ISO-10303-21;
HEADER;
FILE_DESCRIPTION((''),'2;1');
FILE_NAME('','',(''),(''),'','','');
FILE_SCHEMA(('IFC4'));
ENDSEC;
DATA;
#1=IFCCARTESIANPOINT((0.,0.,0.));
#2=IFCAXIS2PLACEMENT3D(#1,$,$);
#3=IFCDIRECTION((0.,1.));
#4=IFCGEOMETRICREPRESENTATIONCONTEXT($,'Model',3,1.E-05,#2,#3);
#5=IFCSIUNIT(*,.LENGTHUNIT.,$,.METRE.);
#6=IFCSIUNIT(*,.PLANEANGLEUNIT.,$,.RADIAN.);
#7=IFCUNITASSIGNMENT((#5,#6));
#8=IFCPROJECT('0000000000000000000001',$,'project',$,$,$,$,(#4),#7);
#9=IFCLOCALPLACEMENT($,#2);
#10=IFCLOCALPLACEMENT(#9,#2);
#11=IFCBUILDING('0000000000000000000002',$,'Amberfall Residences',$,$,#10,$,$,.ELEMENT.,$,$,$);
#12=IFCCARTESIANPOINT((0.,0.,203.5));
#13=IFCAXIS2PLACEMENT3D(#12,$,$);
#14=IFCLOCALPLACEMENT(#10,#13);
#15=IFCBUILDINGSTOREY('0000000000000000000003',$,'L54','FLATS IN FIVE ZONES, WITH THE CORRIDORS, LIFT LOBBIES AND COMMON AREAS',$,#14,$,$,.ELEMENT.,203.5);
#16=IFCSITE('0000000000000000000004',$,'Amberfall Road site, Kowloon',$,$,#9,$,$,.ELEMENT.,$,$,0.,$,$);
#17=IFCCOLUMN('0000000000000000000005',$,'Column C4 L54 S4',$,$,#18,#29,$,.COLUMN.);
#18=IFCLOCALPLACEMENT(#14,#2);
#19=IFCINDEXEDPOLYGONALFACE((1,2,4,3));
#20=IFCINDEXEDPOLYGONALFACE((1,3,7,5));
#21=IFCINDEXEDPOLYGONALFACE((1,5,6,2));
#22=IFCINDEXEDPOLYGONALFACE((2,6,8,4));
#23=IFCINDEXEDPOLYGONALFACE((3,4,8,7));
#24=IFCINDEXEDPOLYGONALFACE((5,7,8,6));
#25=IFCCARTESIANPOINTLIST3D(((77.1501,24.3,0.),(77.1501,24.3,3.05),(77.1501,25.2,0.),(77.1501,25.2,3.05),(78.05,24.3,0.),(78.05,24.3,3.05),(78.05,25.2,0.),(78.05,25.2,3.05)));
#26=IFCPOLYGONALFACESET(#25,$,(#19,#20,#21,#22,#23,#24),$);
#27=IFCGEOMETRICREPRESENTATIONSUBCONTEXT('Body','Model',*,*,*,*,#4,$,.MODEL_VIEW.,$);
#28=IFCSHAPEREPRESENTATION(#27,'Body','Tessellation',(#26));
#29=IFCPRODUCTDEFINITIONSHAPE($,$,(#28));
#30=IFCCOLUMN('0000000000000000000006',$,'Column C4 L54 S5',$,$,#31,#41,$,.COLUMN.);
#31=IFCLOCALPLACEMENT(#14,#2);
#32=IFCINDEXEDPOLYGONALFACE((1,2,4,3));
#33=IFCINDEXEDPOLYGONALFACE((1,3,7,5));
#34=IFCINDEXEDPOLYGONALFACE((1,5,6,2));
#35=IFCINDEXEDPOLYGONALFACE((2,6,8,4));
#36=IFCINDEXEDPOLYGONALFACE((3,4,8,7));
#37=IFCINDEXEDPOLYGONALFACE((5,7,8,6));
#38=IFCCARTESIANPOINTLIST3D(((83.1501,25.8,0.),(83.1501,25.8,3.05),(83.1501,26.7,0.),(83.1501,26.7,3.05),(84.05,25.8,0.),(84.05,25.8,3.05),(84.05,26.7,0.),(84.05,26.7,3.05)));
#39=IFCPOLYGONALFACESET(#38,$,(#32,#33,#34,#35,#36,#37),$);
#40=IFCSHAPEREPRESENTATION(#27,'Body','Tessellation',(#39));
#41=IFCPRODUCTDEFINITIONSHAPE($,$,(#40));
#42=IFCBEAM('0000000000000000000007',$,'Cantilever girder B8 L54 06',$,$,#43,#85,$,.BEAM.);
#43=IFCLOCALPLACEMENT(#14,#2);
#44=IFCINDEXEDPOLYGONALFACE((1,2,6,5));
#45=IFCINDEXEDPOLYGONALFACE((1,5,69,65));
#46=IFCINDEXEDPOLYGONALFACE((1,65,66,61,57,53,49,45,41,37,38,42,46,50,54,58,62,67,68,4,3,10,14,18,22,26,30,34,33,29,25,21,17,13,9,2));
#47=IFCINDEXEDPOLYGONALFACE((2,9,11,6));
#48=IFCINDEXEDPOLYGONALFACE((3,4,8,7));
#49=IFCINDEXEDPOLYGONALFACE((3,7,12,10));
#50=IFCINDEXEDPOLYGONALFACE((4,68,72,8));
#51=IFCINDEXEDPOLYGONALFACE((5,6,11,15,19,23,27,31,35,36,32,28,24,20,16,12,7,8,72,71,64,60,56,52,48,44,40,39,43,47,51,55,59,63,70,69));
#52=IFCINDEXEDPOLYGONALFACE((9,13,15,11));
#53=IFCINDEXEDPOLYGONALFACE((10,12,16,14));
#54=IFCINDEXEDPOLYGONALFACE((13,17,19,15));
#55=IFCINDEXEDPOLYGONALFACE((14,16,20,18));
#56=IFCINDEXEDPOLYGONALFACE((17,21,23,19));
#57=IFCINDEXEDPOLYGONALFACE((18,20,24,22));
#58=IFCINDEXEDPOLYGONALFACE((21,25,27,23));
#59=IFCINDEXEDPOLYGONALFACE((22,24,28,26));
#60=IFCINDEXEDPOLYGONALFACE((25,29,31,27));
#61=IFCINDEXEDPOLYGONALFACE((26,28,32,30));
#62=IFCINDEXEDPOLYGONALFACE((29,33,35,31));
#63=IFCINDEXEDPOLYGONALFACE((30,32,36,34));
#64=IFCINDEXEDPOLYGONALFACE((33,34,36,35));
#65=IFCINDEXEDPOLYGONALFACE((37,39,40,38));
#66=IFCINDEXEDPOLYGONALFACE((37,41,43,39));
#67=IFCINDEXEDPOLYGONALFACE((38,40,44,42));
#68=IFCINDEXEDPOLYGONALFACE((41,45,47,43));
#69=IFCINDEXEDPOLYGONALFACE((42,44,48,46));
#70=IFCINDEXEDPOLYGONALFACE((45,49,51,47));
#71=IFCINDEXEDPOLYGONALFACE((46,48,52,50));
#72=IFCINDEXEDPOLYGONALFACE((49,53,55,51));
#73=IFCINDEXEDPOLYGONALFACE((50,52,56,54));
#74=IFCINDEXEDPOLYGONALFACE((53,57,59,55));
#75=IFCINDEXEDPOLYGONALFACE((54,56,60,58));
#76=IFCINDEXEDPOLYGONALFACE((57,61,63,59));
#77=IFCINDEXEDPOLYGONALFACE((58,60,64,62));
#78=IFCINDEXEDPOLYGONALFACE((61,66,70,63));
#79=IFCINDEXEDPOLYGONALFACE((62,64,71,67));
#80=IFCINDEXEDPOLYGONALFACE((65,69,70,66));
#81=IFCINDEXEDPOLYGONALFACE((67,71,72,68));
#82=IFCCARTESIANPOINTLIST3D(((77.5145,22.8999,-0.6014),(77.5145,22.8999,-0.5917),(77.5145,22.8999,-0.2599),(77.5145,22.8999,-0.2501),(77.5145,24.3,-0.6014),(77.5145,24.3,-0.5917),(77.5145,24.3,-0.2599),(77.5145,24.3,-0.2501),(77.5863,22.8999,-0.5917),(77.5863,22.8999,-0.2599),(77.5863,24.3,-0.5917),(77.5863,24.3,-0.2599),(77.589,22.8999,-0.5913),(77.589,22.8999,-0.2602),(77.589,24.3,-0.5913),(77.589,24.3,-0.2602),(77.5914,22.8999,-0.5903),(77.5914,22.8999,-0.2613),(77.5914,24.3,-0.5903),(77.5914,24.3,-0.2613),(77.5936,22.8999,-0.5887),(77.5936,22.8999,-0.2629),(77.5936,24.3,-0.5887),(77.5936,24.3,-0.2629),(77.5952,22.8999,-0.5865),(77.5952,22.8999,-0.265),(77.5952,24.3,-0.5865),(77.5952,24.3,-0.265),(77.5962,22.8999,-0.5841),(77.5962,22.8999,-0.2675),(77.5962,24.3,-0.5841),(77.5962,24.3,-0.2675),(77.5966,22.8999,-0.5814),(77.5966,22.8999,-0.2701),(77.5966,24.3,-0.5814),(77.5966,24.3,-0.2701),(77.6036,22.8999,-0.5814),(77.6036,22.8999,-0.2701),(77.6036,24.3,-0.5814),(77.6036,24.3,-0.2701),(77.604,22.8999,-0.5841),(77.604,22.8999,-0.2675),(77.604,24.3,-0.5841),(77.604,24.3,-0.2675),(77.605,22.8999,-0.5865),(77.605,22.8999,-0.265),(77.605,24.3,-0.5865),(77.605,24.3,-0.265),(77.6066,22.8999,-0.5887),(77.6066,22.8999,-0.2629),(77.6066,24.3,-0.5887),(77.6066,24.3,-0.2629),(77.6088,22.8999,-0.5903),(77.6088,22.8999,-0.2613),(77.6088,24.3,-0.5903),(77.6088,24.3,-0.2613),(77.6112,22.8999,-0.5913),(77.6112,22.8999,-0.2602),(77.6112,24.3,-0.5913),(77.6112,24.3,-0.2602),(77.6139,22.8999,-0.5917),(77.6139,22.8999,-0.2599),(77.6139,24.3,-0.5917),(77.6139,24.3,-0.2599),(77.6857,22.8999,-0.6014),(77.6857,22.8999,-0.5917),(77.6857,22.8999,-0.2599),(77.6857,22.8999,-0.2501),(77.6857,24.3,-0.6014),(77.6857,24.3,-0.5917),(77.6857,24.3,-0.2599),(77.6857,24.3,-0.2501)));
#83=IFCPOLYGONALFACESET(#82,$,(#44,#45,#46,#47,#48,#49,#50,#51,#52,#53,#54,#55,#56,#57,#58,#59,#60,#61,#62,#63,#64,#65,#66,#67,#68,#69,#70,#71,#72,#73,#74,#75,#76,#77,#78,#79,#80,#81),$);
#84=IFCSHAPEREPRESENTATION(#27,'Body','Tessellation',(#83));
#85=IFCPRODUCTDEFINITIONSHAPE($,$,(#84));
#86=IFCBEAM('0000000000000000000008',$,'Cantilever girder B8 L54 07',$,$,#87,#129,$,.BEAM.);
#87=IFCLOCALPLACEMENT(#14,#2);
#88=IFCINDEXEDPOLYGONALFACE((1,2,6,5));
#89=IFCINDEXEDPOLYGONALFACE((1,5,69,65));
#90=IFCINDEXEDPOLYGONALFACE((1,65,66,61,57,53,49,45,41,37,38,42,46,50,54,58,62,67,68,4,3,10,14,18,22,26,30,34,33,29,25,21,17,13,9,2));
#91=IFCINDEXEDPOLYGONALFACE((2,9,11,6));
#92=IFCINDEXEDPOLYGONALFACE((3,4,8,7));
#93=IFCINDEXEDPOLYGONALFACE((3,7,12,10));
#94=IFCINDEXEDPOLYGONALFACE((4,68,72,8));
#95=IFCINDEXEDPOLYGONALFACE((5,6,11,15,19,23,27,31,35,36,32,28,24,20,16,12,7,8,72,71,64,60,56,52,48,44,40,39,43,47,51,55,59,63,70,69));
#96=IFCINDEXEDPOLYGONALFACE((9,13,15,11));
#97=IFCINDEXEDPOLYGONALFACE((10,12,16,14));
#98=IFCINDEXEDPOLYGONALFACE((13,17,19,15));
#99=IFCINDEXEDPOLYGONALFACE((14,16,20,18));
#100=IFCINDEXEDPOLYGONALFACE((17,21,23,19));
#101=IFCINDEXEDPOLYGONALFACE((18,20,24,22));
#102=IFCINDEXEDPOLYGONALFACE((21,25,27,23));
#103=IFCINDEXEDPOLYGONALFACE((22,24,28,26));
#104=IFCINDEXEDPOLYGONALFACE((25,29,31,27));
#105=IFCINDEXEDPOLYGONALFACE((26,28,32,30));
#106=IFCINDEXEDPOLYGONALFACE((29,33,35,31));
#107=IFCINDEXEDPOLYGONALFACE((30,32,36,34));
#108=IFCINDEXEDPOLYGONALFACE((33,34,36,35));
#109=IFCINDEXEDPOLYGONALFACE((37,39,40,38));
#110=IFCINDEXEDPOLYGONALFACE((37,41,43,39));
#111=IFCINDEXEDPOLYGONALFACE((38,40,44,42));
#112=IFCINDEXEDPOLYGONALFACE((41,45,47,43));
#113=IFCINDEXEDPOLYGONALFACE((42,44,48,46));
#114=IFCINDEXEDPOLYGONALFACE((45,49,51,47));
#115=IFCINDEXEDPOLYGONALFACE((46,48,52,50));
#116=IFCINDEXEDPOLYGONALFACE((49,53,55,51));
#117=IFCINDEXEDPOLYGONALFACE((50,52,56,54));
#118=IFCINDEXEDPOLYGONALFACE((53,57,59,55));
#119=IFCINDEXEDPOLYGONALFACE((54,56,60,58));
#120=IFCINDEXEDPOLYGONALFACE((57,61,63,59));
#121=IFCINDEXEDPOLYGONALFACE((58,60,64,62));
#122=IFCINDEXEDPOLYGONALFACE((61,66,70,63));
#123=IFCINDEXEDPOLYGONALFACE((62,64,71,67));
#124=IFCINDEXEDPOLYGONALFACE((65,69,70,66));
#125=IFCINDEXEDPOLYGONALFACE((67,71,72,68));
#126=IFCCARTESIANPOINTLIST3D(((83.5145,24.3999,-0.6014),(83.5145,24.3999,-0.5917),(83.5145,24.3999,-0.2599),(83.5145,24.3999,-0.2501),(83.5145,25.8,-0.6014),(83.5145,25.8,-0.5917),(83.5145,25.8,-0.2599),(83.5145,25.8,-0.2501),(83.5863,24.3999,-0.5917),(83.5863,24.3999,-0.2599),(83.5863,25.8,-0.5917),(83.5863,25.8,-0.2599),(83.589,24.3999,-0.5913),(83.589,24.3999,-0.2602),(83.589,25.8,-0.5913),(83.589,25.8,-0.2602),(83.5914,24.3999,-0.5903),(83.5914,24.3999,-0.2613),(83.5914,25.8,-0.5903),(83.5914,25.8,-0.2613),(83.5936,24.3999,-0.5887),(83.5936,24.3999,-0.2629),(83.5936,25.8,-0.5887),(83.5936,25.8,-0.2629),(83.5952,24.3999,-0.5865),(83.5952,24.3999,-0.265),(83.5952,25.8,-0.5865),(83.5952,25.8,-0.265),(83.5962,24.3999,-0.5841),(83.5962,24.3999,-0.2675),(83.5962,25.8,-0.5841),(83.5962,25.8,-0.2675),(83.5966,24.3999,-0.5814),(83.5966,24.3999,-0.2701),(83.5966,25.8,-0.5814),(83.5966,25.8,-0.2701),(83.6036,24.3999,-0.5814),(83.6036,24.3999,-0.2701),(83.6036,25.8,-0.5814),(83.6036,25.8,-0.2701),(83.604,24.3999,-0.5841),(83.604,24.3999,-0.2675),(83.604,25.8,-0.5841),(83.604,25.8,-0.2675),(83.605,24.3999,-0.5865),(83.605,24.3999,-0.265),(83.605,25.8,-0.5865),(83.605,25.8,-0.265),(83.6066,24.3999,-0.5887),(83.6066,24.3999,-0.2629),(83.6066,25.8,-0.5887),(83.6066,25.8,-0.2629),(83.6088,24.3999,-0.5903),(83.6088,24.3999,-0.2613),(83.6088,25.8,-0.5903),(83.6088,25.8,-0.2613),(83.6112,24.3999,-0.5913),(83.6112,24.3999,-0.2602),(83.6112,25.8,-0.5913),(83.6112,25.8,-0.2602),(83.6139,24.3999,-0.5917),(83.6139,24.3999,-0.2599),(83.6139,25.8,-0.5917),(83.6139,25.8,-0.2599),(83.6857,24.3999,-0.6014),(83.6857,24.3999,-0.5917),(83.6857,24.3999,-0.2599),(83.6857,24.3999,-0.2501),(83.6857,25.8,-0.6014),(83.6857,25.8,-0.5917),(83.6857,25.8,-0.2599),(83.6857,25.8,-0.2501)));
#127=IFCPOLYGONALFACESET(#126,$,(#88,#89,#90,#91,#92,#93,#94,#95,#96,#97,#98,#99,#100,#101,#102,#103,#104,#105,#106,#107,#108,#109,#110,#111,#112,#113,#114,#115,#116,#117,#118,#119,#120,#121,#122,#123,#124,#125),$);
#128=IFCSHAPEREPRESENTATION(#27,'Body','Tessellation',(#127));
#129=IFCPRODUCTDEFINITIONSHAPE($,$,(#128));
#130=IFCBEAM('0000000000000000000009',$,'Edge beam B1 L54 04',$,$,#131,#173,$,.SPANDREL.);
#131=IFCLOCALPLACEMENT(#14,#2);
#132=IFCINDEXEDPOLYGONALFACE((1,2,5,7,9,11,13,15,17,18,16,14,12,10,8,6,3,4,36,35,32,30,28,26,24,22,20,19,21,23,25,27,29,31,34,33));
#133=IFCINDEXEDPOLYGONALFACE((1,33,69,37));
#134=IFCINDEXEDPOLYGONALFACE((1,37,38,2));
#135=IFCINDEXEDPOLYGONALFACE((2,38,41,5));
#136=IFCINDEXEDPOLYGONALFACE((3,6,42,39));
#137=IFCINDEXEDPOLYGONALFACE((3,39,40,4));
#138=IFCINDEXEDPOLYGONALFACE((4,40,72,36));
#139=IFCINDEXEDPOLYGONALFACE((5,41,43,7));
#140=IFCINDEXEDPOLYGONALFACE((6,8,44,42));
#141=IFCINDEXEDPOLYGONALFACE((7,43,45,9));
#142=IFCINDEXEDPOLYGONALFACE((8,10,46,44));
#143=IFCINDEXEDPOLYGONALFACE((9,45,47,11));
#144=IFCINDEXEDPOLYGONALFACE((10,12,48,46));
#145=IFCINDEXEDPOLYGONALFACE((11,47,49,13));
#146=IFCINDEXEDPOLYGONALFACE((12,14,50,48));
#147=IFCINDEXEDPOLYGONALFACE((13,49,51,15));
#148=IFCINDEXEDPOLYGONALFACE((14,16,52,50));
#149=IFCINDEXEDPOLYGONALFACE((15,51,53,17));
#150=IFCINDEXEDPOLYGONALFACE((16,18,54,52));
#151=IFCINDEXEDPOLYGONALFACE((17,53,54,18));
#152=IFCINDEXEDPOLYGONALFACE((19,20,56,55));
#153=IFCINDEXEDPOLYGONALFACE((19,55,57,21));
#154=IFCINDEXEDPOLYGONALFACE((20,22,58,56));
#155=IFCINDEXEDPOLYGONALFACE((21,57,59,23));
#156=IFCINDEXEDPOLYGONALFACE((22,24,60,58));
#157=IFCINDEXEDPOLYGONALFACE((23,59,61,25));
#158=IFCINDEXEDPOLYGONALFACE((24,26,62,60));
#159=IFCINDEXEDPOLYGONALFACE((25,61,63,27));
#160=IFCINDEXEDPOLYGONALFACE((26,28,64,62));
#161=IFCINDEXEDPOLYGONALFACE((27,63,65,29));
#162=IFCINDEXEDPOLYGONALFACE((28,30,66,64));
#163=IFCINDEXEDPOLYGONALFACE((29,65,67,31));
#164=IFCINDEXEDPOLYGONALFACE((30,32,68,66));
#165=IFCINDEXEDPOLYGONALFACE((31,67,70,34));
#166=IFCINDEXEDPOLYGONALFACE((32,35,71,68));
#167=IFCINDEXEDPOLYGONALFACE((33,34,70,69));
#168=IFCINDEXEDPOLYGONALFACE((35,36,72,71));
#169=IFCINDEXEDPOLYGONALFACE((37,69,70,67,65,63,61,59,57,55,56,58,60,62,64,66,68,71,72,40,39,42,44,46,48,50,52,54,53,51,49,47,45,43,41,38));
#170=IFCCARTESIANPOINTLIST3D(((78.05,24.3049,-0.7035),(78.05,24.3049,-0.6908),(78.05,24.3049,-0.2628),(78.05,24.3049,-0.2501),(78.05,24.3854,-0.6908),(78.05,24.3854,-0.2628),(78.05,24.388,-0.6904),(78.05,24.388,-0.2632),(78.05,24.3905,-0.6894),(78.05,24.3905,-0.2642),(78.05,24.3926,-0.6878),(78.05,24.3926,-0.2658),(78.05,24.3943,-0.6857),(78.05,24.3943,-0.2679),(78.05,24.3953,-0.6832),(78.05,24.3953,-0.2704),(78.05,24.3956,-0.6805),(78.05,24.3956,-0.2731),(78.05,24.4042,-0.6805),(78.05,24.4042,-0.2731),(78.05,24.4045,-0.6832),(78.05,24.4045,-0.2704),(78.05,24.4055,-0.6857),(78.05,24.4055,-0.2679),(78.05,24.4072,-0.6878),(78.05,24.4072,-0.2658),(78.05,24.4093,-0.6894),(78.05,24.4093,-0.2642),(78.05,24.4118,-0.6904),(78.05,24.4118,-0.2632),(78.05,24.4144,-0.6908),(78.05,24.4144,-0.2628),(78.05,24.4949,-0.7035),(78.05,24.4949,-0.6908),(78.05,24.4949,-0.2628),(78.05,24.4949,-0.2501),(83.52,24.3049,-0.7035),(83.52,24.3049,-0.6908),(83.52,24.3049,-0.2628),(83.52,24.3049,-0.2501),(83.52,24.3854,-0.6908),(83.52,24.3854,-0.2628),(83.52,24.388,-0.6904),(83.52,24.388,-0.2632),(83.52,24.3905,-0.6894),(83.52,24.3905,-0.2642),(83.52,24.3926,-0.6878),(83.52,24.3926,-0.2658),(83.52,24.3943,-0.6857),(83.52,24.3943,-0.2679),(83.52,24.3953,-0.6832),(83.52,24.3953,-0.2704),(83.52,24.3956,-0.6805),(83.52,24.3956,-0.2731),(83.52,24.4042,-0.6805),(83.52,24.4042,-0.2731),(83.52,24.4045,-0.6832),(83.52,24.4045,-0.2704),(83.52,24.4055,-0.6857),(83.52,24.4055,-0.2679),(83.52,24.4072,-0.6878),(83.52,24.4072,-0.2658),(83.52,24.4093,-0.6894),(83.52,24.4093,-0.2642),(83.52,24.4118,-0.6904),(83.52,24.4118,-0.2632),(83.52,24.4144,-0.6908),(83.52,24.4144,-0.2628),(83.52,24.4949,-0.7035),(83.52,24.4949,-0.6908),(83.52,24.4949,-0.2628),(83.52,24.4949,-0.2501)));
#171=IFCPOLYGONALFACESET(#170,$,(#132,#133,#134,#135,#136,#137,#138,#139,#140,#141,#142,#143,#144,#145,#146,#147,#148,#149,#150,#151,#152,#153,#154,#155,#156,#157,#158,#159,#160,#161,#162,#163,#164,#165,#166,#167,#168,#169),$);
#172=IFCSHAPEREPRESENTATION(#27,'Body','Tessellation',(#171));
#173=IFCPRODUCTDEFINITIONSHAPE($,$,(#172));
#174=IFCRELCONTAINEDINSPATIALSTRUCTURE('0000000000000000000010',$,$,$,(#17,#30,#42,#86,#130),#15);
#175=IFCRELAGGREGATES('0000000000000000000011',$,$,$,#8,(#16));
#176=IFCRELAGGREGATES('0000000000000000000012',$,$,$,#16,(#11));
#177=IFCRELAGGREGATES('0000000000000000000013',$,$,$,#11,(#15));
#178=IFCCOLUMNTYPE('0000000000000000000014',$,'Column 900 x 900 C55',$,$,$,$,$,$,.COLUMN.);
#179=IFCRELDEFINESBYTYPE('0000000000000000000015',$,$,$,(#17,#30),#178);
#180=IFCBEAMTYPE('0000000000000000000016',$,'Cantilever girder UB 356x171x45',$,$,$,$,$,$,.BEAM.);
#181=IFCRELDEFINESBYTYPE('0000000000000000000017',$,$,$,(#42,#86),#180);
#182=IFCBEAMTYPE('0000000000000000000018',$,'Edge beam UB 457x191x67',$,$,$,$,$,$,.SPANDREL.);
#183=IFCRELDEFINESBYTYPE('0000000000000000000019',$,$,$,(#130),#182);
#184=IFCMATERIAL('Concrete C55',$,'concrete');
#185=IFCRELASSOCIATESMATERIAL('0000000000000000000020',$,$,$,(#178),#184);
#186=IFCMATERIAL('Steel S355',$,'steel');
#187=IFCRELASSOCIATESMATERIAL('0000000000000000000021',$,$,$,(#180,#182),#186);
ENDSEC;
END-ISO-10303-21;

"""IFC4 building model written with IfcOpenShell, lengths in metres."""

from ifc_helpers import new_model, si_unit, direction, frame, origin, origin_2d, place, context, subcontext, project, spatial, rectangle, i_section, extrude, material, material_profile, profile_set, type_object, element, save


model = new_model("IFC4")

# Units and contexts
model_context = context("Model", 3, precision=1e-05, world=origin(), true_north=direction((0.0, 1.0)))
body_context = subcontext(model_context, "Body", "Model", "MODEL_VIEW")
ifc_project = project(units=[si_unit("LENGTHUNIT", "METRE"), si_unit("PLANEANGLEUNIT", "RADIAN")], contexts=[model_context])

# Site, building, storey
site_placement = place(None, origin())
site = spatial("IfcSite", under=ifc_project, at=site_placement, Name="Amberfall Road site, Kowloon", CompositionType="ELEMENT", RefElevation=0.0)
building_placement = place(site_placement, origin())
building = spatial("IfcBuilding", under=site, at=building_placement, Name="Amberfall Residences", CompositionType="ELEMENT")
storey_placement = place(building_placement, frame((0.0, 0.0, 203.5)))
storey = spatial("IfcBuildingStorey", under=building, at=storey_placement, Name="L54", Description="FLATS IN FIVE ZONES, WITH THE CORRIDORS, LIFT LOBBIES AND COMMON AREAS", CompositionType="ELEMENT", Elevation=203.5)

# Columns
ifc_material_1 = material(Name="Concrete C55", Category="concrete")
ifc_material_profile_1 = material_profile(ifc_material_1, rectangle(XDim=0.8999, YDim=0.8999, at=origin_2d()), Name="Column 900 x 900 C55")
ifc_profile_set_1 = profile_set([ifc_material_profile_1], Name="Concrete C55")
column_type = type_object("IfcColumnType", Name="Column 900 x 900 C55", PredefinedType="COLUMN", material=ifc_profile_set_1)
for number, where, z_axis, x_axis, name in (
    (1, (77.6001, 24.75, 0.0), (0.0, 0.0, 1.0), (1.0, 0.0, 0.0), "Column C4 L54 S4"),
    (2, (83.6001, 26.25, 0.0), (0.0, 0.0, 1.0), (1.0, 0.0, 0.0), "Column C4 L54 S5"),
):
    element("IfcColumn", number, at=place(storey_placement, frame(where, z_axis=z_axis, x_axis=x_axis)), inside=storey, type_object=column_type, Name=name, PredefinedType="COLUMN", context=body_context, shape_type="SweptSolid", body=[
        extrude(rectangle(XDim=0.8999, YDim=0.8999, at=origin_2d()), origin(), (0.0, 0.0, 1.0), 3.05),
    ])

# Beams
ifc_material_2 = material(Name="Steel S355", Category="steel")
ifc_material_profile_2 = material_profile(ifc_material_2, i_section(OverallWidth=0.1711, OverallDepth=0.3513, WebThickness=0.0071, FlangeThickness=0.0098, FilletRadius=0.0103, at=origin_2d()), Name="UB 356x171x45")
ifc_profile_set_2 = profile_set([ifc_material_profile_2], Name="Steel S355")
beam_type_1 = type_object("IfcBeamType", Name="Cantilever girder UB 356x171x45", PredefinedType="BEAM", material=ifc_profile_set_2)
for number, where, z_axis, x_axis, name in (
    (3, (77.6001, 24.3, -0.4258), (0.0, -1.0, 0.0), (1.0, 0.0, 0.0), "Cantilever girder B8 L54 06"),
    (4, (83.6001, 25.8, -0.4258), (0.0, -1.0, 0.0), (1.0, 0.0, 0.0), "Cantilever girder B8 L54 07"),
):
    element("IfcBeam", number, at=place(storey_placement, frame(where, z_axis=z_axis, x_axis=x_axis)), inside=storey, type_object=beam_type_1, Name=name, PredefinedType="BEAM", context=body_context, shape_type="SweptSolid", body=[
        extrude(i_section(OverallWidth=0.1711, OverallDepth=0.3513, WebThickness=0.0071, FlangeThickness=0.0098, FilletRadius=0.0103, at=origin_2d()), origin(), (0.0, 0.0, 1.0), 1.4001),
    ])
ifc_material_profile_3 = material_profile(ifc_material_2, i_section(OverallWidth=0.1899, OverallDepth=0.4534, WebThickness=0.0085, FlangeThickness=0.0127, FilletRadius=0.0103, at=origin_2d()), Name="UB 457x191x67")
ifc_profile_set_3 = profile_set([ifc_material_profile_3], Name="Steel S355")
beam_type_2 = type_object("IfcBeamType", Name="Edge beam UB 457x191x67", PredefinedType="SPANDREL", material=ifc_profile_set_3)
beam_1_placement = place(storey_placement, frame((78.05, 24.3999, -0.4768), z_axis=(1.0, 0.0, 0.0), x_axis=(0.0, 1.0, 0.0)))
element("IfcBeam", 5, at=beam_1_placement, inside=storey, type_object=beam_type_2, Name="Edge beam B1 L54 04", PredefinedType="SPANDREL", context=body_context, shape_type="SweptSolid", body=[
    extrude(i_section(OverallWidth=0.1899, OverallDepth=0.4534, WebThickness=0.0085, FlangeThickness=0.0127, FilletRadius=0.0103, at=origin_2d()), origin(), (0.0, 0.0, 1.0), 5.47),
])

save(model, "model.ifc")
